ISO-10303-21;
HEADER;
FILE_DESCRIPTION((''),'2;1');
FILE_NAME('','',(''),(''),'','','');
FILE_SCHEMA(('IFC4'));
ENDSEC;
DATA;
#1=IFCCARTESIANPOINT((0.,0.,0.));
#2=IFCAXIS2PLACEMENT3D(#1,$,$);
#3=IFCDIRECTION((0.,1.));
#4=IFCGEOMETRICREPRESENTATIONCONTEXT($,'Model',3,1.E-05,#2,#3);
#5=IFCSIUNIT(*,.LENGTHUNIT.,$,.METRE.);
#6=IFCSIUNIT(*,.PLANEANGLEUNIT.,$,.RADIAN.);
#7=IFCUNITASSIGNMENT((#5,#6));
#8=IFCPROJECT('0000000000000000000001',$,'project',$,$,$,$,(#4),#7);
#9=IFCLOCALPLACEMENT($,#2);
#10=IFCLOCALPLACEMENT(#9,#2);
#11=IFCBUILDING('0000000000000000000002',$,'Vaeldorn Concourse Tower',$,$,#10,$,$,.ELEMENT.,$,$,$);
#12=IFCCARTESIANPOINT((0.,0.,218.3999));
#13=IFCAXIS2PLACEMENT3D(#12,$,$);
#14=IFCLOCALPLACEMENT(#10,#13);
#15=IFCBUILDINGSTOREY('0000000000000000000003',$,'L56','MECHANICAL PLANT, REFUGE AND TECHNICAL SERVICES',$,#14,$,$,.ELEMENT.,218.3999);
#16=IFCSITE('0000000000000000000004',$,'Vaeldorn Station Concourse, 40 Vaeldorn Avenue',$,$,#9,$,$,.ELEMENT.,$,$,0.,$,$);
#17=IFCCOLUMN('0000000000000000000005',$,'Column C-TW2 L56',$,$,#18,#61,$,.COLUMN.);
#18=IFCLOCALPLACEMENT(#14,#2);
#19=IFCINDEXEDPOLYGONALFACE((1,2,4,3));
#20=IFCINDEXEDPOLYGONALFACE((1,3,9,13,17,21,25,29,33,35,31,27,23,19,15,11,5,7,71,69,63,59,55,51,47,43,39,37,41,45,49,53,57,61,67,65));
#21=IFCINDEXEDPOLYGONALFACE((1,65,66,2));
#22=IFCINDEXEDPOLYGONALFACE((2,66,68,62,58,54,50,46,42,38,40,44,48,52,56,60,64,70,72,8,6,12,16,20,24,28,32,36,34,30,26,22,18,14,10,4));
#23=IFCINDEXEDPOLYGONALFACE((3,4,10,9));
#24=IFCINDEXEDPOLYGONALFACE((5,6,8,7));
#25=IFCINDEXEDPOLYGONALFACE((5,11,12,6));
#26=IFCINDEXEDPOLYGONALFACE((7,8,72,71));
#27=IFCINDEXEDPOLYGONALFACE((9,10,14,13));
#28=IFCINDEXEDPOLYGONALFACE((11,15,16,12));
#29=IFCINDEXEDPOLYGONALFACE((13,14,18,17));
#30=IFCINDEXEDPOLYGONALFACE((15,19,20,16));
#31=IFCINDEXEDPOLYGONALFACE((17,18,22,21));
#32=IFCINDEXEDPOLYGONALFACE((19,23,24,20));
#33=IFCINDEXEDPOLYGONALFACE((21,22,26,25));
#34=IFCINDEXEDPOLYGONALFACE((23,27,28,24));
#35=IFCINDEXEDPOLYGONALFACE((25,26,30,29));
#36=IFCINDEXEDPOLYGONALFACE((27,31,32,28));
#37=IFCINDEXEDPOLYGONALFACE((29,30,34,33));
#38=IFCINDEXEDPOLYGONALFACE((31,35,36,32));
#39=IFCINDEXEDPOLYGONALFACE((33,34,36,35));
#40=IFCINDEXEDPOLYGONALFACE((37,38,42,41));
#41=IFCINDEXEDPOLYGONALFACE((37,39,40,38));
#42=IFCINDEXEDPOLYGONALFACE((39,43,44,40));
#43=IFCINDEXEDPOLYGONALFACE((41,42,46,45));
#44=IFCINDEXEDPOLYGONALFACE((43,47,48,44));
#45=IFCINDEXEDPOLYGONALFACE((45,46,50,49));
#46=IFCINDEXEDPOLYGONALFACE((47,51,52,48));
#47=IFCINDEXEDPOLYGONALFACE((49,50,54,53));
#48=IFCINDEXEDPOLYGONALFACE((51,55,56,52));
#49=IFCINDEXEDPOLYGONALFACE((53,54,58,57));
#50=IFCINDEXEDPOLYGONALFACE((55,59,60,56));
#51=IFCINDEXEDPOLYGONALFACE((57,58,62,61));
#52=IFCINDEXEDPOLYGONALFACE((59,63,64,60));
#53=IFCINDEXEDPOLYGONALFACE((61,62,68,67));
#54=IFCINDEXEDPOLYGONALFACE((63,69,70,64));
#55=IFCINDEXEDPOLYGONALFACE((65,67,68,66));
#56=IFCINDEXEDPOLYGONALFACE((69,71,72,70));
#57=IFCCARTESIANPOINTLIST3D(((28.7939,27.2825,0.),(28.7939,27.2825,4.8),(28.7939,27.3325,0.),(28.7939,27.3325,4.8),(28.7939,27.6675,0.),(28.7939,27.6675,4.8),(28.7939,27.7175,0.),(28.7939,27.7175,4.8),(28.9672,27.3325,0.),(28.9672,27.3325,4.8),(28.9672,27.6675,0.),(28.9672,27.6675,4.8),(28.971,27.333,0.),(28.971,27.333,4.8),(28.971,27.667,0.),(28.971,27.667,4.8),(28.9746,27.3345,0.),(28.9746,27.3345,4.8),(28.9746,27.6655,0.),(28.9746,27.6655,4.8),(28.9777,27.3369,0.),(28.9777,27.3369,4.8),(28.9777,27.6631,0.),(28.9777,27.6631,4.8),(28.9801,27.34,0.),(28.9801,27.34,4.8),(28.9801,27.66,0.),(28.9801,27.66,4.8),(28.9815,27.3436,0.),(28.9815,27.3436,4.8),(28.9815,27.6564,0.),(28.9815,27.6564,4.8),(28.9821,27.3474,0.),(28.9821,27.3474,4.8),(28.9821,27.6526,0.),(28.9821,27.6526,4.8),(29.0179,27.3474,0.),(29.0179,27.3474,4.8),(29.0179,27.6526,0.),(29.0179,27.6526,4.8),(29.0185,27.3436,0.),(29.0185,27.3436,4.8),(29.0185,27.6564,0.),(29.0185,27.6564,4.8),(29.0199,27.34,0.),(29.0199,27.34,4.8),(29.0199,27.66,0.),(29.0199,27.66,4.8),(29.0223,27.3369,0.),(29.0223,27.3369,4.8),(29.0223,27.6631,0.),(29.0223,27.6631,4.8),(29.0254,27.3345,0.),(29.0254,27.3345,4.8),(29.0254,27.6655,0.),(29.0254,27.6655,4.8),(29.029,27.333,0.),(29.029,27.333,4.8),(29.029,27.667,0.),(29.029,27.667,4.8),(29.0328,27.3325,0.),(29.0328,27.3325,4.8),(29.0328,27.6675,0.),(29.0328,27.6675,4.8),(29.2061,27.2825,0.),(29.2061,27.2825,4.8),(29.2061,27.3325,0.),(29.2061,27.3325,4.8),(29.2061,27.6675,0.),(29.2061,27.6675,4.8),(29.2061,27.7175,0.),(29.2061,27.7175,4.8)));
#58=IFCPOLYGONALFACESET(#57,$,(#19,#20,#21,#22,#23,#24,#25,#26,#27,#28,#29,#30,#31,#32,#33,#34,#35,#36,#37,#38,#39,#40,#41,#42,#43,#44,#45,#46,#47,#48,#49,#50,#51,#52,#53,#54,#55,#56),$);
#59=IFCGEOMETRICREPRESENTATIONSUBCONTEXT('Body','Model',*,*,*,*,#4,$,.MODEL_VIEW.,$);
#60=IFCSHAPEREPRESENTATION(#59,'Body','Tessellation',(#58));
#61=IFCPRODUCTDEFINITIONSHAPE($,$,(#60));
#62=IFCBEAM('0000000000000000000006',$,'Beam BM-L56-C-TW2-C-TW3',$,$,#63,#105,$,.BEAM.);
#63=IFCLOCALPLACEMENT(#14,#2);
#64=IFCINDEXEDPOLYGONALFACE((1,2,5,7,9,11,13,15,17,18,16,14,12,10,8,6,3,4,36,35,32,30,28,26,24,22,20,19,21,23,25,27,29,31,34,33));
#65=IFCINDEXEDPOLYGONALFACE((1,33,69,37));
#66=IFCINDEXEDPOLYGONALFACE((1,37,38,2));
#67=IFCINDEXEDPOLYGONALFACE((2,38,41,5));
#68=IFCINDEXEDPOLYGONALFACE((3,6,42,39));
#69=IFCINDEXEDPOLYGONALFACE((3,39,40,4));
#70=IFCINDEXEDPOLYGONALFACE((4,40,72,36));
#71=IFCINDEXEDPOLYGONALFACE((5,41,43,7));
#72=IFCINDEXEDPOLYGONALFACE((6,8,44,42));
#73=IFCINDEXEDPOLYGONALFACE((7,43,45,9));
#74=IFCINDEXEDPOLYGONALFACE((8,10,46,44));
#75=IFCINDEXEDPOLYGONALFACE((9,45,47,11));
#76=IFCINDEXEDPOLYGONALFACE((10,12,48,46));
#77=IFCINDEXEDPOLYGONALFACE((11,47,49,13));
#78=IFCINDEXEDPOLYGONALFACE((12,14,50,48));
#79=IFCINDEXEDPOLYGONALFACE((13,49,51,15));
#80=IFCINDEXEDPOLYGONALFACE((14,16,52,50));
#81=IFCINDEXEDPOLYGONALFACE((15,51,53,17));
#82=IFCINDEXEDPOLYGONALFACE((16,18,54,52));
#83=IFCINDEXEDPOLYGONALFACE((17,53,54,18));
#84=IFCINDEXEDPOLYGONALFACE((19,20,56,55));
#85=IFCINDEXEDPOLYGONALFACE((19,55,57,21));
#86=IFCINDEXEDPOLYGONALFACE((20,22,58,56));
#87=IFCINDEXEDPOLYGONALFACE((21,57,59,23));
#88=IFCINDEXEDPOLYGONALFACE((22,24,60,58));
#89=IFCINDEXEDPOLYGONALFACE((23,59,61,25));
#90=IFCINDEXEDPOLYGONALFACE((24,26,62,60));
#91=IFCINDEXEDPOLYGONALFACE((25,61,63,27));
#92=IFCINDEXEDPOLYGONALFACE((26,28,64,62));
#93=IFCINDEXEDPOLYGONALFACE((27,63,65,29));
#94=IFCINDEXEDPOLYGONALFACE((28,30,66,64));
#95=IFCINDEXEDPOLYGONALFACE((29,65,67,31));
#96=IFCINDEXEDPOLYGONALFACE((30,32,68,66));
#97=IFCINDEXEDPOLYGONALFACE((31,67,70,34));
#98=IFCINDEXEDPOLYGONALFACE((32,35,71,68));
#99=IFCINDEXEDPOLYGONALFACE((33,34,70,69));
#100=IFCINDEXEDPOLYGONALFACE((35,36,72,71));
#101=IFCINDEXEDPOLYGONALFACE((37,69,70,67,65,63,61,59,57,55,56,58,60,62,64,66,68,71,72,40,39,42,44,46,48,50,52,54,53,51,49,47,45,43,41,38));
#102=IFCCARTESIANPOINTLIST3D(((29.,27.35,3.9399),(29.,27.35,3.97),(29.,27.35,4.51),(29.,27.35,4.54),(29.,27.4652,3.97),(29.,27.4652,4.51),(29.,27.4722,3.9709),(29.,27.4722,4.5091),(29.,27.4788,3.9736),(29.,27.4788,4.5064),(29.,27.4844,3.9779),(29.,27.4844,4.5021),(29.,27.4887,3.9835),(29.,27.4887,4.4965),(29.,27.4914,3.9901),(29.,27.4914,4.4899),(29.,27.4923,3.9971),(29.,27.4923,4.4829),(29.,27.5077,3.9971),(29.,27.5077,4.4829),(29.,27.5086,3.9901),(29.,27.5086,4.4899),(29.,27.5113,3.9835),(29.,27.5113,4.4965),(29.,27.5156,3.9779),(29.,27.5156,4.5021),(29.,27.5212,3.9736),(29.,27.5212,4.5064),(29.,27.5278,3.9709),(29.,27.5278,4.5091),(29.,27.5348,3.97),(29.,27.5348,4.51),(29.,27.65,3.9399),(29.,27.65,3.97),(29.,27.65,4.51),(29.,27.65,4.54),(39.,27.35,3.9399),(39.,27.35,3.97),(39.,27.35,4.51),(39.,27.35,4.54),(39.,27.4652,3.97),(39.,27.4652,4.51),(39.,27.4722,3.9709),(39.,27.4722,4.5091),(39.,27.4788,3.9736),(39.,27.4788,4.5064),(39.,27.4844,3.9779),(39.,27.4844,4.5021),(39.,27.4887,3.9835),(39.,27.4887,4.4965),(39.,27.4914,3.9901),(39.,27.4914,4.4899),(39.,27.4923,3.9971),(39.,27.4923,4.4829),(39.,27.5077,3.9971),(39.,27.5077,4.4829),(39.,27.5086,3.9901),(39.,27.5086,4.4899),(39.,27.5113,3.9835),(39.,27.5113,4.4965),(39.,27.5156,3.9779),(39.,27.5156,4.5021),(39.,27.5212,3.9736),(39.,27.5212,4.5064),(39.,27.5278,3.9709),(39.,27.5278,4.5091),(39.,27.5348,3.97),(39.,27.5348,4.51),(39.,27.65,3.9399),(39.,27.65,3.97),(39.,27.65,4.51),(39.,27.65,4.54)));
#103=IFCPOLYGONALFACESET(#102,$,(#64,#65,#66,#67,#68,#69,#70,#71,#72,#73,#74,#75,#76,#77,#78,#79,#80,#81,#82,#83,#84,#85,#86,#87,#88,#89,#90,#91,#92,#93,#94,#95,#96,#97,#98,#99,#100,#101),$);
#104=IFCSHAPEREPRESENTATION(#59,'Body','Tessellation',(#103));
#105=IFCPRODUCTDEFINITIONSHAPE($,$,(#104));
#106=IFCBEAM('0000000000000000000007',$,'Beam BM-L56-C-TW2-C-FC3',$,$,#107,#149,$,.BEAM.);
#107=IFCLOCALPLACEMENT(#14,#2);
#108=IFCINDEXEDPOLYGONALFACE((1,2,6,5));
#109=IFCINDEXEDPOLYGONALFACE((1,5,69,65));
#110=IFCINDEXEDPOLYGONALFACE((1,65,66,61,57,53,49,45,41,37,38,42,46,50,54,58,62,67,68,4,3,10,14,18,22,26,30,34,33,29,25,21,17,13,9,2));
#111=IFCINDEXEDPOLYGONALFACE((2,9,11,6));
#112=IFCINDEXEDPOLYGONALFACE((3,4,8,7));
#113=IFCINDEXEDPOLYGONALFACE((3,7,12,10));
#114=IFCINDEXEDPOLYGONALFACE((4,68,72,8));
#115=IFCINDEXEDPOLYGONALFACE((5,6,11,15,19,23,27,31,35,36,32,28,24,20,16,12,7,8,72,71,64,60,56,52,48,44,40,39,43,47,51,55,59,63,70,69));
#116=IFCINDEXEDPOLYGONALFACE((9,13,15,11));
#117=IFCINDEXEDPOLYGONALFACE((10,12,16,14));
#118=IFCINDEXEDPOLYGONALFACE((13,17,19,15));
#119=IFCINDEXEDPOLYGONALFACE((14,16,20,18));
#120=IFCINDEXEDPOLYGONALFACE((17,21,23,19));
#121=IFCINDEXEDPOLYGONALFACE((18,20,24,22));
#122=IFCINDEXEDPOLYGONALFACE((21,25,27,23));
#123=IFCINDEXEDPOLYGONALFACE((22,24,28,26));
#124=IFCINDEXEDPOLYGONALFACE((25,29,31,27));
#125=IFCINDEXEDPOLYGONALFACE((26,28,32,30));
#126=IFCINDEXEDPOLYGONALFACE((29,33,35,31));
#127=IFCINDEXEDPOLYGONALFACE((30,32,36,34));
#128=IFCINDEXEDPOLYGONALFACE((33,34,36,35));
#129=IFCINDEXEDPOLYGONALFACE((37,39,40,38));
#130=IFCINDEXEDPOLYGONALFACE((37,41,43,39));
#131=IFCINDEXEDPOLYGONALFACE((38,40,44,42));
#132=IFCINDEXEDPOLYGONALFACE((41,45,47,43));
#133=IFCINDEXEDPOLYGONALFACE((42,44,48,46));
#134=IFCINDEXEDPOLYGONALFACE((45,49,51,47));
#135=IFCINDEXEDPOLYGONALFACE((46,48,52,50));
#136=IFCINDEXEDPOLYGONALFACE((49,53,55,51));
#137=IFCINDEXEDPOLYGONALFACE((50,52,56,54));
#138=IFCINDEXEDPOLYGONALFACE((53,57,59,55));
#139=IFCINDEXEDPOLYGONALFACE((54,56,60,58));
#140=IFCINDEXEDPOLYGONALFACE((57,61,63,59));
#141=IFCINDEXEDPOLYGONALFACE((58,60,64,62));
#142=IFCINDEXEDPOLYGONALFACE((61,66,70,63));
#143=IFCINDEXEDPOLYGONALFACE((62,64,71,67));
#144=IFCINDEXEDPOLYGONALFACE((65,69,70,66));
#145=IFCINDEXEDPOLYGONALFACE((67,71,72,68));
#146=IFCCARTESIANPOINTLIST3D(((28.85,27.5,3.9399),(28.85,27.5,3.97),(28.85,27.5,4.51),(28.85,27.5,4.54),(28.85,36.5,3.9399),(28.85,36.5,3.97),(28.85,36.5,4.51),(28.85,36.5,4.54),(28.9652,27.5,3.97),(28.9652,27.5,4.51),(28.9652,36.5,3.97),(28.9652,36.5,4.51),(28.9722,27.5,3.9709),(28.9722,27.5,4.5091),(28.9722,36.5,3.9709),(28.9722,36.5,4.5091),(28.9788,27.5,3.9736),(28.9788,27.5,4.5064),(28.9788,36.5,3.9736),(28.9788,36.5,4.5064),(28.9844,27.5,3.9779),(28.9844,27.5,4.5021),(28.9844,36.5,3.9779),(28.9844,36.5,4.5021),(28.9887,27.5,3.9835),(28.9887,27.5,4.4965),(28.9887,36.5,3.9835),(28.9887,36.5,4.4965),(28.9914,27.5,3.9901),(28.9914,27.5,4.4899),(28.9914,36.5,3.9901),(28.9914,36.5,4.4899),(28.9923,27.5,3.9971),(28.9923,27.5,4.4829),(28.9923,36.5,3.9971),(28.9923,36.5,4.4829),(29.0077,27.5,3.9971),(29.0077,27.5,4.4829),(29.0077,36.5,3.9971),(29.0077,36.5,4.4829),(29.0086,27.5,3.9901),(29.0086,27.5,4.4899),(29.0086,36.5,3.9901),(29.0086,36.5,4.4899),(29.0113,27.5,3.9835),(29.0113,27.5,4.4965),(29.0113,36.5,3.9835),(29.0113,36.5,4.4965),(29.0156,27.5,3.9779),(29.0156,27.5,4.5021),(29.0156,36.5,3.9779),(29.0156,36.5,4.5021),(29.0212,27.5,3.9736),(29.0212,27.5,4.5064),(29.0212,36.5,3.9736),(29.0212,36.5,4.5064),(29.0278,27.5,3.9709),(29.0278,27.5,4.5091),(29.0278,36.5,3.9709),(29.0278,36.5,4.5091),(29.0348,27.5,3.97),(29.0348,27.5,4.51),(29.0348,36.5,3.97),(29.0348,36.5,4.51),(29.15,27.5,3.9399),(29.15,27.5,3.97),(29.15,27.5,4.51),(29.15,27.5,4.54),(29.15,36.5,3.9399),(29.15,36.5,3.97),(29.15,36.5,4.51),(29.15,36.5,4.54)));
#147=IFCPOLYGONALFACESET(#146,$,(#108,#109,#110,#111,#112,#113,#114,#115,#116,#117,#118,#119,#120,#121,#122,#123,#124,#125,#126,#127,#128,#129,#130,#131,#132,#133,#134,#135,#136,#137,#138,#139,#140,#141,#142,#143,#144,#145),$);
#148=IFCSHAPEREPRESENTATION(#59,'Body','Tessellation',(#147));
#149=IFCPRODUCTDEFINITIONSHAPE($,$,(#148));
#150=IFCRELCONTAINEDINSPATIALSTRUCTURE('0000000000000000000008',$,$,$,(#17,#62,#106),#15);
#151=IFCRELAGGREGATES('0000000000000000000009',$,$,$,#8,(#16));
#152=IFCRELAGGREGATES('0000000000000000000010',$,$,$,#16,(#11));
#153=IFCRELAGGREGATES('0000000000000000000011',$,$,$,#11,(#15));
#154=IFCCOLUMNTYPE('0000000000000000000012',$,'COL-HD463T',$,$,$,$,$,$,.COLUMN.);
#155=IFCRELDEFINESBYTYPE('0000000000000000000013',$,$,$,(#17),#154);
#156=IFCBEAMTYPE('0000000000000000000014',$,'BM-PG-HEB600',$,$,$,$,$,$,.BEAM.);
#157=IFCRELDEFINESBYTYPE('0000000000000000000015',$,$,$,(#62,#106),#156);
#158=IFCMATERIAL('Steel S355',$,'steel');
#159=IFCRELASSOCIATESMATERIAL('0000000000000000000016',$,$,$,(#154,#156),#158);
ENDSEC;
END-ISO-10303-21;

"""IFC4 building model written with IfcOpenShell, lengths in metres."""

from ifc_helpers import new_model, si_unit, direction, frame, origin, origin_2d, place, context, subcontext, project, spatial, i_section, extrude, source, transform, mapped, material, material_profile, profile_set, type_object, element, save


model = new_model("IFC4")

# Units and contexts
model_context = context("Model", 3, precision=1e-05, world=origin(), true_north=direction((0.0, 1.0)))
body_context = subcontext(model_context, "Body", "Model", "MODEL_VIEW")
ifc_project = project(units=[si_unit("LENGTHUNIT", "METRE"), si_unit("PLANEANGLEUNIT", "RADIAN")], contexts=[model_context])

# Site, building, storey
site_placement = place(None, origin())
site = spatial("IfcSite", under=ifc_project, at=site_placement, Name="Vaeldorn Station Concourse, 40 Vaeldorn Avenue", CompositionType="ELEMENT", RefElevation=0.0)
building_placement = place(site_placement, origin())
building = spatial("IfcBuilding", under=site, at=building_placement, Name="Vaeldorn Concourse Tower", CompositionType="ELEMENT")
storey_placement = place(building_placement, frame((0.0, 0.0, 218.3999)))
storey = spatial("IfcBuildingStorey", under=building, at=storey_placement, Name="L56", Description="MECHANICAL PLANT, REFUGE AND TECHNICAL SERVICES", CompositionType="ELEMENT", Elevation=218.3999)

# Column
ifc_material_1 = material(Name="Steel S355", Category="steel")
ifc_material_profile_1 = material_profile(ifc_material_1, i_section(OverallWidth=0.4121, OverallDepth=0.4351, WebThickness=0.0359, FlangeThickness=0.05, FilletRadius=0.0149, at=origin_2d()), Name="HD 400x463")
ifc_profile_set_1 = profile_set([ifc_material_profile_1], Name="Steel S355")
column_type = type_object("IfcColumnType", Name="COL-HD463T", PredefinedType="COLUMN", material=ifc_profile_set_1)
shared_shape_1 = source(origin(), body_context, "Body", "SweptSolid", [
    extrude(i_section(OverallWidth=0.4121, OverallDepth=0.4351, WebThickness=0.0359, FlangeThickness=0.05, FilletRadius=0.0149, at=origin_2d()), origin(), (0.0, 0.0, 1.0), 4.8),
])
column_placement = place(storey_placement, frame((29.0, 27.5, 0.0), z_axis=(0.0, 0.0, 1.0), x_axis=(1.0, 0.0, 0.0)))
element("IfcColumn", 1, at=column_placement, inside=storey, type_object=column_type, Name="Column C-TW2 L56", PredefinedType="COLUMN", context=body_context, shape_type="MappedRepresentation", body=[
    mapped(shared_shape_1, transform((0.0, 0.0, 0.0), scale=1.0)),
])

# Beams
ifc_material_profile_2 = material_profile(ifc_material_1, i_section(OverallWidth=0.3, OverallDepth=0.6001, WebThickness=0.0154, FlangeThickness=0.03, FilletRadius=0.0271, at=origin_2d()), Name="HEB 600")
ifc_profile_set_2 = profile_set([ifc_material_profile_2], Name="Steel S355")
beam_type_1 = type_object("IfcBeamType", Name="BM-PG-HEB600", PredefinedType="BEAM", material=ifc_profile_set_2)
shared_shape_2 = source(origin(), body_context, "Body", "SweptSolid", [
    extrude(i_section(OverallWidth=0.3, OverallDepth=0.6001, WebThickness=0.0154, FlangeThickness=0.03, FilletRadius=0.0271, at=origin_2d()), origin(), (0.0, 0.0, 1.0), 10.0),
])
beam_1_placement = place(storey_placement, frame((29.0, 27.5, 4.24), z_axis=(1.0, 0.0, 0.0), x_axis=(0.0, 1.0, 0.0)))
element("IfcBeam", 2, at=beam_1_placement, inside=storey, type_object=beam_type_1, Name="Beam BM-L56-C-TW2-C-TW3", PredefinedType="BEAM", context=body_context, shape_type="MappedRepresentation", body=[
    mapped(shared_shape_2, transform((0.0, 0.0, 0.0), scale=1.0)),
])
shared_shape_3 = source(origin(), body_context, "Body", "SweptSolid", [
    extrude(i_section(OverallWidth=0.3, OverallDepth=0.6001, WebThickness=0.0154, FlangeThickness=0.03, FilletRadius=0.0271, at=origin_2d()), origin(), (0.0, 0.0, 1.0), 9.0),
])
beam_2_placement = place(storey_placement, frame((29.0, 27.5, 4.24), z_axis=(0.0, 1.0, 0.0), x_axis=(-1.0, 0.0, 0.0)))
element("IfcBeam", 3, at=beam_2_placement, inside=storey, type_object=beam_type_1, Name="Beam BM-L56-C-TW2-C-FC3", PredefinedType="BEAM", context=body_context, shape_type="MappedRepresentation", body=[
    mapped(shared_shape_3, transform((0.0, 0.0, 0.0), scale=1.0)),
])

save(model, "model.ifc")
